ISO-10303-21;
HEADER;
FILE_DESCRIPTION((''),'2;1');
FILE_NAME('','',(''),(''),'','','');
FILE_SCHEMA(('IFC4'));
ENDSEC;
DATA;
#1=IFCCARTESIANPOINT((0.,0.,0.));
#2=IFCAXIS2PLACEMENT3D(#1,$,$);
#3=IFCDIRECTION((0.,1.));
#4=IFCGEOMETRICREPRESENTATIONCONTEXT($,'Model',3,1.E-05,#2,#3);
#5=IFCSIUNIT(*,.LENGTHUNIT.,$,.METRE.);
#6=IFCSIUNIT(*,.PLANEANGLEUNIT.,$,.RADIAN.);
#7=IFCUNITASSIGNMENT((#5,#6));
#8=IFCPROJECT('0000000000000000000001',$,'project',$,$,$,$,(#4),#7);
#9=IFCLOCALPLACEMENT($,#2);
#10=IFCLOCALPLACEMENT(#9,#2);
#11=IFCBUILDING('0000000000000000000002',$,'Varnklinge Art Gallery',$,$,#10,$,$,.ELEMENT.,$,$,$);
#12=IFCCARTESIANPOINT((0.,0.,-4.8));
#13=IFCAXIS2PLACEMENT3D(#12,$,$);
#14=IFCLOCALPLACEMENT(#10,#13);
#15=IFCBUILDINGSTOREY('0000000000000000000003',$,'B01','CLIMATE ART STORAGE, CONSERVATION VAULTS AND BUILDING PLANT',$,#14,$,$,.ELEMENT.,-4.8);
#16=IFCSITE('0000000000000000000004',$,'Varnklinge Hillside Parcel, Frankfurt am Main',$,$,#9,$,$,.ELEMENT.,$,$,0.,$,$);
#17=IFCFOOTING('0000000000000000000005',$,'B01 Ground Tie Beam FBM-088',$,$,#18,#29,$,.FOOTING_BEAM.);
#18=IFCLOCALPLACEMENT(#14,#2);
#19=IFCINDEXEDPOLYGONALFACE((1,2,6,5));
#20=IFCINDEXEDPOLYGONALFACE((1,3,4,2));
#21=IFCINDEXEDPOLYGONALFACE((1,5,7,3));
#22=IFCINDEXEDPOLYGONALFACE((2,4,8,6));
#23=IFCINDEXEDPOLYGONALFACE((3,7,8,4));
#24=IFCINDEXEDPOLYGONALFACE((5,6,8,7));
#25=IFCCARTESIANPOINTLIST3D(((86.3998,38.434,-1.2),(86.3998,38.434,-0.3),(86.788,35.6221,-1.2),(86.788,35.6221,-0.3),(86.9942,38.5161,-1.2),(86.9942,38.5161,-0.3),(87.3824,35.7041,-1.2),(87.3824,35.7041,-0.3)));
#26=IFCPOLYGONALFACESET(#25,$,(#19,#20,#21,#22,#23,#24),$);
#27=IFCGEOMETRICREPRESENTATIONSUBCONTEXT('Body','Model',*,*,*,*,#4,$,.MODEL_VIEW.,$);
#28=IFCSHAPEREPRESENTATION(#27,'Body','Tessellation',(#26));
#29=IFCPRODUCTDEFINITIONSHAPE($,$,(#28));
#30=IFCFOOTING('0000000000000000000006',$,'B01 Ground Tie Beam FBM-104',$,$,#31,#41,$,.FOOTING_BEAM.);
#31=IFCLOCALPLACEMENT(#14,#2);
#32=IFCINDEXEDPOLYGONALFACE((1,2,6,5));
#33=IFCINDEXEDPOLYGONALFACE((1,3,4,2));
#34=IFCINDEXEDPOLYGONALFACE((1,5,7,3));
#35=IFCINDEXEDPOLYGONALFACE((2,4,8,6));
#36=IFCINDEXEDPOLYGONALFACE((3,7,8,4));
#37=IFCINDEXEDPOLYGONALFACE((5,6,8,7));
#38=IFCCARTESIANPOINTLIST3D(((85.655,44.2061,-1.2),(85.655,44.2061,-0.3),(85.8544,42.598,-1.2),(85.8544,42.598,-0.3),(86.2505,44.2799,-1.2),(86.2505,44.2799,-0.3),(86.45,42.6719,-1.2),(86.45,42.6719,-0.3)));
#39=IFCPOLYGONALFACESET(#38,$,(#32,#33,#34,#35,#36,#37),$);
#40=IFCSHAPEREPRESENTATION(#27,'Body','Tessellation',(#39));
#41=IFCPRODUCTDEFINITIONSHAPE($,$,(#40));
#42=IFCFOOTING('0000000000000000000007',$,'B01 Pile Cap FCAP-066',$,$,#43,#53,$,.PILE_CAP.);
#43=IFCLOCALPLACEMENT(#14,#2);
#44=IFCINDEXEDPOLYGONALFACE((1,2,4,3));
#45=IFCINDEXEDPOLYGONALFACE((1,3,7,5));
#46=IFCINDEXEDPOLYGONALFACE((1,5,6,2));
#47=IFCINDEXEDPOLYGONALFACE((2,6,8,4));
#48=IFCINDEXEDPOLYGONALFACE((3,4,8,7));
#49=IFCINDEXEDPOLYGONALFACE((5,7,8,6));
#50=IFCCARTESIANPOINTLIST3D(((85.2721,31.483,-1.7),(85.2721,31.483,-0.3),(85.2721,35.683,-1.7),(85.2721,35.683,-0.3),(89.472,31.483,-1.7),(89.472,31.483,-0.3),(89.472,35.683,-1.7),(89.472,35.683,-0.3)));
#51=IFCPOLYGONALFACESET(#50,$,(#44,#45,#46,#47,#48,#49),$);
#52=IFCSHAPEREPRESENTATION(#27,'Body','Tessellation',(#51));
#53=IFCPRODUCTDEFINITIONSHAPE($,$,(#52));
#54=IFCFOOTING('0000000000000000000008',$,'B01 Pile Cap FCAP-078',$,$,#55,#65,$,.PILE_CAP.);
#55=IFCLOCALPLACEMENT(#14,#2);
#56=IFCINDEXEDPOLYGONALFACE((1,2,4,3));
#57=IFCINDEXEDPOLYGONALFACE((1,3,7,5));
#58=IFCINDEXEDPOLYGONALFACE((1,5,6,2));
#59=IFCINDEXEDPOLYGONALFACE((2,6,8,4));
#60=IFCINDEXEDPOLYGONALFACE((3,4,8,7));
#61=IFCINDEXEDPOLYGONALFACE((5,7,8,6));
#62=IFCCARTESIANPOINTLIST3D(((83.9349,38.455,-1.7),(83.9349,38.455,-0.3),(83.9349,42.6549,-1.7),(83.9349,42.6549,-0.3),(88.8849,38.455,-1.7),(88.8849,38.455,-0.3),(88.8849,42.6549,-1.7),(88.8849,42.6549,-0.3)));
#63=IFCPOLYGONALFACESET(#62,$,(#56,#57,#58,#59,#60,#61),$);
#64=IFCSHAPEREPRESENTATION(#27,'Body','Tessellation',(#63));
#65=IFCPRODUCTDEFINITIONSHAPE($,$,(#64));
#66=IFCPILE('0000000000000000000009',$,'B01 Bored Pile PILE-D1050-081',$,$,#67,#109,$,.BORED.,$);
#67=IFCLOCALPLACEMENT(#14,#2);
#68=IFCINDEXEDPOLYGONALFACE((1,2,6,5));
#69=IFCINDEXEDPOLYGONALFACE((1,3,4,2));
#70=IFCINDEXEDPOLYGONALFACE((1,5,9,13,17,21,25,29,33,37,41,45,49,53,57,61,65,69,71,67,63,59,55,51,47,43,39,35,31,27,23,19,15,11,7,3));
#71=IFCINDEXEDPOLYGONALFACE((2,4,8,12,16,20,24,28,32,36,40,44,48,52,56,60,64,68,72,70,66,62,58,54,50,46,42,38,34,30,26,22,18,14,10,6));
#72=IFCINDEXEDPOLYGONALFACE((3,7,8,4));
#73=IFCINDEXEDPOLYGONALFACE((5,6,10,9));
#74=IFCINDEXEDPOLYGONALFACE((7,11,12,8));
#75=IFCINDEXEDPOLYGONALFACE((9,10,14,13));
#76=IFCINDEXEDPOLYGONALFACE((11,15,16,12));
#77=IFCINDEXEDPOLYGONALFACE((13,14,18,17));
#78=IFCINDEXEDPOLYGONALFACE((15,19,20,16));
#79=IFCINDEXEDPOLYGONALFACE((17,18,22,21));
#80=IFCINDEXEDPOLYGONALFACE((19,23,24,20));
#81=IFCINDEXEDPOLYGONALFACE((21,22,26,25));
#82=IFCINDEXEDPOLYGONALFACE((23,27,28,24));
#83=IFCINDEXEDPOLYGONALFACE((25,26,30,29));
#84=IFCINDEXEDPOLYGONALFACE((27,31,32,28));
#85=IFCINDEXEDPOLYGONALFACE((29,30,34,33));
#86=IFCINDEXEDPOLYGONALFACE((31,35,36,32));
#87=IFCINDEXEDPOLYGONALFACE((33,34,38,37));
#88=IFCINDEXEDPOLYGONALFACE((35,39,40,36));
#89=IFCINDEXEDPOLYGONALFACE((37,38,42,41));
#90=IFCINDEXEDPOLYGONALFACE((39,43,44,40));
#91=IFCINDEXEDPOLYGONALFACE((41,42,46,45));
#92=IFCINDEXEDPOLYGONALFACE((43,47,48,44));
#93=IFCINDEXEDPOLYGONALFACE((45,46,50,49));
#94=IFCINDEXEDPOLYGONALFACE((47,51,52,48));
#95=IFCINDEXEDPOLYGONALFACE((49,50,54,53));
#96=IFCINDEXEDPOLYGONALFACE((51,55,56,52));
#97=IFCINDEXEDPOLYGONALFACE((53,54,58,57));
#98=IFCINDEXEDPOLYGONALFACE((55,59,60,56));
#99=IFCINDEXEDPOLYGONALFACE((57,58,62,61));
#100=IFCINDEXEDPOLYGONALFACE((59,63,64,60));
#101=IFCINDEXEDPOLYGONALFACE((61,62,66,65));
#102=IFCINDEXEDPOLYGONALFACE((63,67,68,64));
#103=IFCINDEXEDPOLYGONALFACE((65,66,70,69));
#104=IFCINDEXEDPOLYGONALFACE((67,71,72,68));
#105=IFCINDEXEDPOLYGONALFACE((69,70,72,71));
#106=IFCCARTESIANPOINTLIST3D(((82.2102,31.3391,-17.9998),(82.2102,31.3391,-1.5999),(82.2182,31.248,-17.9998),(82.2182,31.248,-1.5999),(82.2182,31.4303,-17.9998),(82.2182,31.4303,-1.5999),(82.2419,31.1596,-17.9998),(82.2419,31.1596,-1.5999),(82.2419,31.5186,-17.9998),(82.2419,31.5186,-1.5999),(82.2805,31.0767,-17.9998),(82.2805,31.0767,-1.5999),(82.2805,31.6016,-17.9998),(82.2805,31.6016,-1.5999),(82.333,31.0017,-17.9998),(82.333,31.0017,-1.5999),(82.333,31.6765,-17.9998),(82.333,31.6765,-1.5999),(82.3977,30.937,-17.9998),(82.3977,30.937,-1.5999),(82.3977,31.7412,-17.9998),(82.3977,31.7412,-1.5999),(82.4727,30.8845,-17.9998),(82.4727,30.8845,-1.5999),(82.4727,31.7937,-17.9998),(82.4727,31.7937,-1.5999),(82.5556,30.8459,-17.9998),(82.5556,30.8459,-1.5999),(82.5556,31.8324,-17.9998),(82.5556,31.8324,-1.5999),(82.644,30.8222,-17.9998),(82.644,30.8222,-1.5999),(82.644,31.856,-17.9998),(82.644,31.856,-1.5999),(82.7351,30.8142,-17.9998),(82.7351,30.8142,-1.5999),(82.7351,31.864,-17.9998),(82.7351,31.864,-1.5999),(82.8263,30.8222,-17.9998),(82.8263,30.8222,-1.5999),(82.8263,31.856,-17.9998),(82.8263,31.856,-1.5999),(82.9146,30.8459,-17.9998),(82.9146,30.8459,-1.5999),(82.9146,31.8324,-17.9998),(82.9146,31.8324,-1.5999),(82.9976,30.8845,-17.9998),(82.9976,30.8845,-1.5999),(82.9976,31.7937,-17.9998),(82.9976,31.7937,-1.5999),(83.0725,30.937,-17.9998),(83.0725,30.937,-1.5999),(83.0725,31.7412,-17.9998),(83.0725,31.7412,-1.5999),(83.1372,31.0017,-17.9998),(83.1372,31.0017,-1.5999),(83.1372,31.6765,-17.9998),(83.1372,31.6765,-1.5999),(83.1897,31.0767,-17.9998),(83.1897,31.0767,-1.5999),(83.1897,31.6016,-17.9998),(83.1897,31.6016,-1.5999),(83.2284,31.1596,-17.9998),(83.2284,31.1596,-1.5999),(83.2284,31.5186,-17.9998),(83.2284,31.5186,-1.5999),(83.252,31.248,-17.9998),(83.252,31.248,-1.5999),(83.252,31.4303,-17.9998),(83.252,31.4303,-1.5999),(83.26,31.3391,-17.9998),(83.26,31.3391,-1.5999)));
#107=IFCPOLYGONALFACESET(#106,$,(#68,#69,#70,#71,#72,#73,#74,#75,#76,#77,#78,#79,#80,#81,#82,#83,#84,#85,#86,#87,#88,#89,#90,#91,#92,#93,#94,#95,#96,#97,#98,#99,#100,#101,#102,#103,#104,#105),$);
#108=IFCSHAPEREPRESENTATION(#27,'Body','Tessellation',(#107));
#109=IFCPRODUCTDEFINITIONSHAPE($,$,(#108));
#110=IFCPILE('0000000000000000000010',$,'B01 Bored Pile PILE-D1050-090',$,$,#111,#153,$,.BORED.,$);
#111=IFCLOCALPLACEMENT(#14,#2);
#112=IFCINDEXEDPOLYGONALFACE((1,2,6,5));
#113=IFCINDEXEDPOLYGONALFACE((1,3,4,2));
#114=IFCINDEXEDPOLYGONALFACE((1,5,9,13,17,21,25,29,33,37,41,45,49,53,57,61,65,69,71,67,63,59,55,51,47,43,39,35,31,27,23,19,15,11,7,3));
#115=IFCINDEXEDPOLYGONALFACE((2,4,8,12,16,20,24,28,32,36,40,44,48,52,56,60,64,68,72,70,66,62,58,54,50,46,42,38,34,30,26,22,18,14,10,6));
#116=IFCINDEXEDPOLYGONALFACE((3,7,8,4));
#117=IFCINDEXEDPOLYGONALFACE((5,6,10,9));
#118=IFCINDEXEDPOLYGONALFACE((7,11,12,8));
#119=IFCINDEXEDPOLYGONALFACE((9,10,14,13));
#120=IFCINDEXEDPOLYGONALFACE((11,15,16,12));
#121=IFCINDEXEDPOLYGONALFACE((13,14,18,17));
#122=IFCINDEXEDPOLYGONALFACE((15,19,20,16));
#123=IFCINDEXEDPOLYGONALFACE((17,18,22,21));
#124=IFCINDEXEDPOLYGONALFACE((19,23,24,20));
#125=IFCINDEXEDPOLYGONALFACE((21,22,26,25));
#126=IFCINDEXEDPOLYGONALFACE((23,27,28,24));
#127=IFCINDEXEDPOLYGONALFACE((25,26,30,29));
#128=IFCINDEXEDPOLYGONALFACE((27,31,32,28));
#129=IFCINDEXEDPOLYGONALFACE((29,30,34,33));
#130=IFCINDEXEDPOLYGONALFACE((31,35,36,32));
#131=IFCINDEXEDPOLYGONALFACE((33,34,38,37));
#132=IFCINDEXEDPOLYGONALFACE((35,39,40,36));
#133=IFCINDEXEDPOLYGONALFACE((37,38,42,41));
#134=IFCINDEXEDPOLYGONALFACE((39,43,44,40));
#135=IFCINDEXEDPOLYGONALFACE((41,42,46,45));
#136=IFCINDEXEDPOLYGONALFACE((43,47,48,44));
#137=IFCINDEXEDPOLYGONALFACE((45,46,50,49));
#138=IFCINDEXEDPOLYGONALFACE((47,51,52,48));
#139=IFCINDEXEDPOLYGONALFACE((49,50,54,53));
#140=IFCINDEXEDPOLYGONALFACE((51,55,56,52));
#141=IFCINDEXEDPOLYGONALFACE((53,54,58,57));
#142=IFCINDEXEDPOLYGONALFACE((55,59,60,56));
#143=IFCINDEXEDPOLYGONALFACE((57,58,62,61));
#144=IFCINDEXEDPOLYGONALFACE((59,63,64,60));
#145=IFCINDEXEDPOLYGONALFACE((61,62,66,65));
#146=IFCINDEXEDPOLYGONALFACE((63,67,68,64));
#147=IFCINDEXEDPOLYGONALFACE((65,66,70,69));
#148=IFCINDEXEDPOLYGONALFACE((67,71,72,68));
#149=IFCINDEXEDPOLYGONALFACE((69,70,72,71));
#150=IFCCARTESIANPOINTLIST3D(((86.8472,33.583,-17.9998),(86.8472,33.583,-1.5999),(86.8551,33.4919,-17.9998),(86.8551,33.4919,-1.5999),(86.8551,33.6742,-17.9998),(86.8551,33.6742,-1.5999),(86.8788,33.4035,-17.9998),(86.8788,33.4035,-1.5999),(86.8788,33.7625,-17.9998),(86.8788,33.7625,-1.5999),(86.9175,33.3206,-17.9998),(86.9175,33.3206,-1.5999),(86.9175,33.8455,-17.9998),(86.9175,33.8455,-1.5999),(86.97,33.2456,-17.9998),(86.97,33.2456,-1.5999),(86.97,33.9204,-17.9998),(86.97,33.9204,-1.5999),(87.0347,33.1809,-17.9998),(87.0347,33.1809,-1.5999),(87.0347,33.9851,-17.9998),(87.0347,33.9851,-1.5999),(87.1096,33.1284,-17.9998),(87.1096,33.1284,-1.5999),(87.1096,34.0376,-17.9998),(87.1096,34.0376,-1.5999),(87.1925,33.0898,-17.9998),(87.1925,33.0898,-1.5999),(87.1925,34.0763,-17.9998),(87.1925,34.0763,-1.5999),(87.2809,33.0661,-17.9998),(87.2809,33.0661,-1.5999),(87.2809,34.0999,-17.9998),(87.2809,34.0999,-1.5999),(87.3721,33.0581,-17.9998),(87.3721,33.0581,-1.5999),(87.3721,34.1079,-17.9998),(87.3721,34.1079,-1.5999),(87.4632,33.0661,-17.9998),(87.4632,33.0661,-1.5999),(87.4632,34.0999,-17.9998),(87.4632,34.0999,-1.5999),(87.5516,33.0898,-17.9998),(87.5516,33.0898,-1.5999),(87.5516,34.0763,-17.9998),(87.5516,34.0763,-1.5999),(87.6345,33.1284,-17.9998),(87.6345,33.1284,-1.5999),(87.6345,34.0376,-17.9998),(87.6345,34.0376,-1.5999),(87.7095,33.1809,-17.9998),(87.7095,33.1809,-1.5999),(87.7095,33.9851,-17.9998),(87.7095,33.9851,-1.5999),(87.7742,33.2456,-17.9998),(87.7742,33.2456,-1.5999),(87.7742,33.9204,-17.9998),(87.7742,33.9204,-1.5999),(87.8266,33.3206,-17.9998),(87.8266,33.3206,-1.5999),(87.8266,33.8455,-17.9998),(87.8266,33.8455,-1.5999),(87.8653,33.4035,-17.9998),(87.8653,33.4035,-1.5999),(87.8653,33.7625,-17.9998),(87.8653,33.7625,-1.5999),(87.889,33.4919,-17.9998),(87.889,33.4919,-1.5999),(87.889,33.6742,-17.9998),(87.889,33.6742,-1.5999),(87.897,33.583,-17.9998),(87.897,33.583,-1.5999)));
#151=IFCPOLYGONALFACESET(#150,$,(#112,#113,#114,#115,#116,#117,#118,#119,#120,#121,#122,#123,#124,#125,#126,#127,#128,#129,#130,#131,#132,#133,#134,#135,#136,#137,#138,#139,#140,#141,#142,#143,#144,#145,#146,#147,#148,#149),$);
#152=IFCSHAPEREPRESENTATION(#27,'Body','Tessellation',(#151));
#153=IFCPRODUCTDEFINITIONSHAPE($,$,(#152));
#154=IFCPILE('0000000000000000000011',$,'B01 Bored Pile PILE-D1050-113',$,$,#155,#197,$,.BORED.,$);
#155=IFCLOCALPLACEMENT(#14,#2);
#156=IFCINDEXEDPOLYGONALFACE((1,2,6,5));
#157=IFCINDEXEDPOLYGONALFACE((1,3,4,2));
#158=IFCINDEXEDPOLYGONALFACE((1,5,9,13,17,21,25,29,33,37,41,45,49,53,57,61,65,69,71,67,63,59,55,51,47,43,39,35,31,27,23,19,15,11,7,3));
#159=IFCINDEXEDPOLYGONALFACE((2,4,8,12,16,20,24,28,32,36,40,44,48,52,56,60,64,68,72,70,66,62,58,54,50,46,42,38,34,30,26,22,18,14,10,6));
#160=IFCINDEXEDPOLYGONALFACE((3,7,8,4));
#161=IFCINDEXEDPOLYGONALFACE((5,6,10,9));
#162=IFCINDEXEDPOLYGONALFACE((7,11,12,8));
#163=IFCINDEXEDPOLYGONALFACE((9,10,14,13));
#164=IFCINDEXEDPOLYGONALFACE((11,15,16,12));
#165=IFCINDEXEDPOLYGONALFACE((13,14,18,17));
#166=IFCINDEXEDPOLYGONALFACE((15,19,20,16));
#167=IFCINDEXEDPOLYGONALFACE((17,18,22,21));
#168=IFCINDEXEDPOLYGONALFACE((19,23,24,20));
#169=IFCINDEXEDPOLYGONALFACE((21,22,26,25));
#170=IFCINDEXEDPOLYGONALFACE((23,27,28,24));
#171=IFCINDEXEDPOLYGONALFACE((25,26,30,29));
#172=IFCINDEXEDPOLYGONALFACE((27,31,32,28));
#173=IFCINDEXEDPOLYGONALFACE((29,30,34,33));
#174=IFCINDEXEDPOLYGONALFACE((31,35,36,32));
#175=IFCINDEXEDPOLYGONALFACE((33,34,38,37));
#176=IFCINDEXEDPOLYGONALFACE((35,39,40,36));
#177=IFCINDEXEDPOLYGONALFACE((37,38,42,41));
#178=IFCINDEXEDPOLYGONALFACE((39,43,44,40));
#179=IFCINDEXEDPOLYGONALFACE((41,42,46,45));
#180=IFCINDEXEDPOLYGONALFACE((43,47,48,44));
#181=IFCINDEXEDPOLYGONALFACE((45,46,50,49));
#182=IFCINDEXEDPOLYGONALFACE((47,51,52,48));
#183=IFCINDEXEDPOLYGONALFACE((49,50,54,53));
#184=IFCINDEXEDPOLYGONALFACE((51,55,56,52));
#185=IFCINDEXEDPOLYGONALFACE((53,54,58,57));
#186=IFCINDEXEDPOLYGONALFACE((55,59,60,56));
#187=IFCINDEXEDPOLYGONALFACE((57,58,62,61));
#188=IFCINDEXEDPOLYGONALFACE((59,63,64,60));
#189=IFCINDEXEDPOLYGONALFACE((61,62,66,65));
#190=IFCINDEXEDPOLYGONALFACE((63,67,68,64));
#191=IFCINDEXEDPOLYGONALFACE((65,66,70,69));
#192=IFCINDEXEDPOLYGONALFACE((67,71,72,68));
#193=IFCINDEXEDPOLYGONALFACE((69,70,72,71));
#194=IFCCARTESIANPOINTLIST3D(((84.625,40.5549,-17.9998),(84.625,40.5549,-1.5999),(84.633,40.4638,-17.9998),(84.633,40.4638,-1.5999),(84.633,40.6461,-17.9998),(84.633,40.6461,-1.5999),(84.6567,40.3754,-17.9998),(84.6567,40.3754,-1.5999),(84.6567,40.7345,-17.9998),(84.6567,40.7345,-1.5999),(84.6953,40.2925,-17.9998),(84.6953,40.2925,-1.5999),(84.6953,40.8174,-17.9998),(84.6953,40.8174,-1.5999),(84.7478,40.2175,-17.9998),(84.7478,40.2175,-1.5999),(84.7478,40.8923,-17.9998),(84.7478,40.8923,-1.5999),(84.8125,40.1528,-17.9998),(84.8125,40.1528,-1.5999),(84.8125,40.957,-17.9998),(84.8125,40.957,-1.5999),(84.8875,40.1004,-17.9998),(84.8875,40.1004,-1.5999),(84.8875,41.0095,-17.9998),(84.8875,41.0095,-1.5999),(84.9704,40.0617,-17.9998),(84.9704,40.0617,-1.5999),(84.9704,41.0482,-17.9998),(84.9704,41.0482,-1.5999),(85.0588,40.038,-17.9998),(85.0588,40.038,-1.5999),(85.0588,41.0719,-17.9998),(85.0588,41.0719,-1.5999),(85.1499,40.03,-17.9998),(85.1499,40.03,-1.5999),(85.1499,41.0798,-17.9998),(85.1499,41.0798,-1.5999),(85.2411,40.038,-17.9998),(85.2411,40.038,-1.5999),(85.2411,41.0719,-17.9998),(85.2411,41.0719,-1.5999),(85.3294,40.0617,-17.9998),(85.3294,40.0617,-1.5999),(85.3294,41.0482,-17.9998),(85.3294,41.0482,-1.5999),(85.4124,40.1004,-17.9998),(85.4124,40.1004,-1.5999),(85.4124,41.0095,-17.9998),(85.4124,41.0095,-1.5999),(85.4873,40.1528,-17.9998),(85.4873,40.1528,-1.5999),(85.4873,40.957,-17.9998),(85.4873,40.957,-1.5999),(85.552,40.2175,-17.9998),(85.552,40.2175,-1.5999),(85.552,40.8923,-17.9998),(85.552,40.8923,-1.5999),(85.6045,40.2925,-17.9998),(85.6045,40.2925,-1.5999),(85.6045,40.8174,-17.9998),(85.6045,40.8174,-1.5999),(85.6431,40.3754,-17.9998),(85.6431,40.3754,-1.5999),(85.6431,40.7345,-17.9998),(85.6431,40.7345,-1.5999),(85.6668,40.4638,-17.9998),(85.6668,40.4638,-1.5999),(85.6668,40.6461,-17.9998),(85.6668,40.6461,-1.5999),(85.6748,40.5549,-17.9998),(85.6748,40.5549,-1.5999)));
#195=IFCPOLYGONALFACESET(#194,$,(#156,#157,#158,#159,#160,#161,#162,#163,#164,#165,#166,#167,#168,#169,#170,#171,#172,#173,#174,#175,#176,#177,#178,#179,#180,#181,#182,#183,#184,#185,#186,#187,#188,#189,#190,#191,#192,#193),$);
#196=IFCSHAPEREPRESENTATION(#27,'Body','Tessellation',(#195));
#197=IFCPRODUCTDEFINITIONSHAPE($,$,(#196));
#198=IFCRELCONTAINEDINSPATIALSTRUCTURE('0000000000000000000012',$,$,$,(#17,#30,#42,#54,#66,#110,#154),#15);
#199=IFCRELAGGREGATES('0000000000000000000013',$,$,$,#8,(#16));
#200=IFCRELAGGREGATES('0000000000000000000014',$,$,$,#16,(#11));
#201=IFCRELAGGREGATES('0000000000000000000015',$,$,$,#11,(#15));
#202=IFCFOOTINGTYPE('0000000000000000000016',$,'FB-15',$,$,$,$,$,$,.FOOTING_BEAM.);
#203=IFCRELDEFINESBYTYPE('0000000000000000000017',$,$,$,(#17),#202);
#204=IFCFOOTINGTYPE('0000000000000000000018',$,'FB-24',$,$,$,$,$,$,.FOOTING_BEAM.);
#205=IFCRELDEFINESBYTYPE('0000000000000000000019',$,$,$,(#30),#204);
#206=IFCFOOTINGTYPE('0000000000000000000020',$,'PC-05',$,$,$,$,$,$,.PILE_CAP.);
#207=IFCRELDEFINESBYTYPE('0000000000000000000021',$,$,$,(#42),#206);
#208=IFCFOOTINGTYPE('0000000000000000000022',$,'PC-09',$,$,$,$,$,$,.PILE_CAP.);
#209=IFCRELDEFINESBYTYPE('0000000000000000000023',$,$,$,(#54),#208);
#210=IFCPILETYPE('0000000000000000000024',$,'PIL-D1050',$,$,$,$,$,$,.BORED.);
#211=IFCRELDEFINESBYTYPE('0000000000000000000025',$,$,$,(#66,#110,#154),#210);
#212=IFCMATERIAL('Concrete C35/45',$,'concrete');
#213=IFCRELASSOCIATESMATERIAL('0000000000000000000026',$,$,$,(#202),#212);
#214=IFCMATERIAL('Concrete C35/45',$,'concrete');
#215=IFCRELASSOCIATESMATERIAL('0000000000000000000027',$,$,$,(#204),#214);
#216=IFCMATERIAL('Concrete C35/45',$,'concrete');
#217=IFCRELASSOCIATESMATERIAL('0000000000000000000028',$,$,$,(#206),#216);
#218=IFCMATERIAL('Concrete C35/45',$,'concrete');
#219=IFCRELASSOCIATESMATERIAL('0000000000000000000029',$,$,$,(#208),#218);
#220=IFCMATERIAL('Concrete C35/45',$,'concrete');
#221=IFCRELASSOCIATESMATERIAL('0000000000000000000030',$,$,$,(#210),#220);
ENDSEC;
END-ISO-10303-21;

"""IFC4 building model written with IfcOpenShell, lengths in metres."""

from ifc_helpers import new_model, si_unit, direction, frame, origin, origin_2d, place, context, subcontext, project, spatial, rectangle, circle, extrude, material, material_profile, profile_set, type_object, element, save


model = new_model("IFC4")

# Units and contexts
model_context = context("Model", 3, precision=1e-05, world=origin(), true_north=direction((0.0, 1.0)))
body_context = subcontext(model_context, "Body", "Model", "MODEL_VIEW")
ifc_project = project(units=[si_unit("LENGTHUNIT", "METRE"), si_unit("PLANEANGLEUNIT", "RADIAN")], contexts=[model_context])

# Site, building, storey
site_placement = place(None, origin())
site = spatial("IfcSite", under=ifc_project, at=site_placement, Name="Varnklinge Hillside Parcel, Frankfurt am Main", CompositionType="ELEMENT", RefElevation=0.0)
building_placement = place(site_placement, origin())
building = spatial("IfcBuilding", under=site, at=building_placement, Name="Varnklinge Art Gallery", CompositionType="ELEMENT")
storey_placement = place(building_placement, frame((0.0, 0.0, -4.8)))
storey = spatial("IfcBuildingStorey", under=building, at=storey_placement, Name="B01", Description="CLIMATE ART STORAGE, CONSERVATION VAULTS AND BUILDING PLANT", CompositionType="ELEMENT", Elevation=-4.8)

# Footings
ifc_material_1 = material(Name="Concrete C35/45", Category="concrete")
footing_type_1 = type_object("IfcFootingType", Name="FB-15", PredefinedType="FOOTING_BEAM", material=ifc_material_1)
footing_1_placement = place(storey_placement, frame((86.8911, 37.0691, -1.2), z_axis=(0.0, 0.0, 1.0), x_axis=(-0.136753, 0.990605, 0.0)))
element("IfcFooting", 1, at=footing_1_placement, inside=storey, type_object=footing_type_1, Name="B01 Ground Tie Beam FBM-088", PredefinedType="FOOTING_BEAM", context=body_context, shape_type="SweptSolid", body=[
    extrude(rectangle(XDim=2.8386, YDim=0.6001, at=origin_2d()), origin(), (0.0, 0.0, 1.0), 0.8999),
])
ifc_material_2 = material(Name="Concrete C35/45", Category="concrete")
footing_type_2 = type_object("IfcFootingType", Name="FB-24", PredefinedType="FOOTING_BEAM", material=ifc_material_2)
footing_2_placement = place(storey_placement, frame((86.0525, 43.439, -1.2), z_axis=(0.0, 0.0, 1.0), x_axis=(-0.123082, 0.992397, 0.0)))
element("IfcFooting", 2, at=footing_2_placement, inside=storey, type_object=footing_type_2, Name="B01 Ground Tie Beam FBM-104", PredefinedType="FOOTING_BEAM", context=body_context, shape_type="SweptSolid", body=[
    extrude(rectangle(XDim=1.6204, YDim=0.6001, at=origin_2d()), origin(), (0.0, 0.0, 1.0), 0.8999),
])
ifc_material_3 = material(Name="Concrete C35/45", Category="concrete")
footing_type_3 = type_object("IfcFootingType", Name="PC-05", PredefinedType="PILE_CAP", material=ifc_material_3)
footing_3_placement = place(storey_placement, frame((87.3721, 33.583, -1.7), z_axis=(0.0, 0.0, 1.0), x_axis=(1.0, 0.0, 0.0)))
element("IfcFooting", 3, at=footing_3_placement, inside=storey, type_object=footing_type_3, Name="B01 Pile Cap FCAP-066", PredefinedType="PILE_CAP", context=body_context, shape_type="SweptSolid", body=[
    extrude(rectangle(XDim=4.2, YDim=4.2, at=origin_2d()), origin(), (0.0, 0.0, 1.0), 1.3999),
])
ifc_material_4 = material(Name="Concrete C35/45", Category="concrete")
footing_type_4 = type_object("IfcFootingType", Name="PC-09", PredefinedType="PILE_CAP", material=ifc_material_4)
footing_4_placement = place(storey_placement, frame((86.4099, 40.5549, -1.7), z_axis=(0.0, 0.0, 1.0), x_axis=(1.0, 0.0, 0.0)))
element("IfcFooting", 4, at=footing_4_placement, inside=storey, type_object=footing_type_4, Name="B01 Pile Cap FCAP-078", PredefinedType="PILE_CAP", context=body_context, shape_type="SweptSolid", body=[
    extrude(rectangle(XDim=4.95, YDim=4.2, at=origin_2d()), origin(), (0.0, 0.0, 1.0), 1.3999),
])

# Piles
ifc_material_5 = material(Name="Concrete C35/45", Category="concrete")
ifc_material_profile_1 = material_profile(ifc_material_5, circle(Radius=0.5249, at=origin_2d()), Name="PILE D1050")
ifc_profile_set_1 = profile_set([ifc_material_profile_1], Name="Concrete C35/45")
pile_type = type_object("IfcPileType", Name="PIL-D1050", PredefinedType="BORED", material=ifc_profile_set_1)
for number, where, z_axis, x_axis, name in (
    (5, (82.7351, 31.3391, -1.5999), (0.0, 0.0, -1.0), (1.0, 0.0, 0.0), "B01 Bored Pile PILE-D1050-081"),
    (6, (87.3721, 33.583, -1.5999), (0.0, 0.0, -1.0), (1.0, 0.0, 0.0), "B01 Bored Pile PILE-D1050-090"),
    (7, (85.1499, 40.5549, -1.5999), (0.0, 0.0, -1.0), (1.0, 0.0, 0.0), "B01 Bored Pile PILE-D1050-113"),
):
    element("IfcPile", number, at=place(storey_placement, frame(where, z_axis=z_axis, x_axis=x_axis)), inside=storey, type_object=pile_type, Name=name, PredefinedType="BORED", context=body_context, shape_type="SweptSolid", body=[
        extrude(circle(Radius=0.5249, at=origin_2d()), origin(), (0.0, 0.0, 1.0), 16.3999),
    ])

save(model, "model.ifc")
